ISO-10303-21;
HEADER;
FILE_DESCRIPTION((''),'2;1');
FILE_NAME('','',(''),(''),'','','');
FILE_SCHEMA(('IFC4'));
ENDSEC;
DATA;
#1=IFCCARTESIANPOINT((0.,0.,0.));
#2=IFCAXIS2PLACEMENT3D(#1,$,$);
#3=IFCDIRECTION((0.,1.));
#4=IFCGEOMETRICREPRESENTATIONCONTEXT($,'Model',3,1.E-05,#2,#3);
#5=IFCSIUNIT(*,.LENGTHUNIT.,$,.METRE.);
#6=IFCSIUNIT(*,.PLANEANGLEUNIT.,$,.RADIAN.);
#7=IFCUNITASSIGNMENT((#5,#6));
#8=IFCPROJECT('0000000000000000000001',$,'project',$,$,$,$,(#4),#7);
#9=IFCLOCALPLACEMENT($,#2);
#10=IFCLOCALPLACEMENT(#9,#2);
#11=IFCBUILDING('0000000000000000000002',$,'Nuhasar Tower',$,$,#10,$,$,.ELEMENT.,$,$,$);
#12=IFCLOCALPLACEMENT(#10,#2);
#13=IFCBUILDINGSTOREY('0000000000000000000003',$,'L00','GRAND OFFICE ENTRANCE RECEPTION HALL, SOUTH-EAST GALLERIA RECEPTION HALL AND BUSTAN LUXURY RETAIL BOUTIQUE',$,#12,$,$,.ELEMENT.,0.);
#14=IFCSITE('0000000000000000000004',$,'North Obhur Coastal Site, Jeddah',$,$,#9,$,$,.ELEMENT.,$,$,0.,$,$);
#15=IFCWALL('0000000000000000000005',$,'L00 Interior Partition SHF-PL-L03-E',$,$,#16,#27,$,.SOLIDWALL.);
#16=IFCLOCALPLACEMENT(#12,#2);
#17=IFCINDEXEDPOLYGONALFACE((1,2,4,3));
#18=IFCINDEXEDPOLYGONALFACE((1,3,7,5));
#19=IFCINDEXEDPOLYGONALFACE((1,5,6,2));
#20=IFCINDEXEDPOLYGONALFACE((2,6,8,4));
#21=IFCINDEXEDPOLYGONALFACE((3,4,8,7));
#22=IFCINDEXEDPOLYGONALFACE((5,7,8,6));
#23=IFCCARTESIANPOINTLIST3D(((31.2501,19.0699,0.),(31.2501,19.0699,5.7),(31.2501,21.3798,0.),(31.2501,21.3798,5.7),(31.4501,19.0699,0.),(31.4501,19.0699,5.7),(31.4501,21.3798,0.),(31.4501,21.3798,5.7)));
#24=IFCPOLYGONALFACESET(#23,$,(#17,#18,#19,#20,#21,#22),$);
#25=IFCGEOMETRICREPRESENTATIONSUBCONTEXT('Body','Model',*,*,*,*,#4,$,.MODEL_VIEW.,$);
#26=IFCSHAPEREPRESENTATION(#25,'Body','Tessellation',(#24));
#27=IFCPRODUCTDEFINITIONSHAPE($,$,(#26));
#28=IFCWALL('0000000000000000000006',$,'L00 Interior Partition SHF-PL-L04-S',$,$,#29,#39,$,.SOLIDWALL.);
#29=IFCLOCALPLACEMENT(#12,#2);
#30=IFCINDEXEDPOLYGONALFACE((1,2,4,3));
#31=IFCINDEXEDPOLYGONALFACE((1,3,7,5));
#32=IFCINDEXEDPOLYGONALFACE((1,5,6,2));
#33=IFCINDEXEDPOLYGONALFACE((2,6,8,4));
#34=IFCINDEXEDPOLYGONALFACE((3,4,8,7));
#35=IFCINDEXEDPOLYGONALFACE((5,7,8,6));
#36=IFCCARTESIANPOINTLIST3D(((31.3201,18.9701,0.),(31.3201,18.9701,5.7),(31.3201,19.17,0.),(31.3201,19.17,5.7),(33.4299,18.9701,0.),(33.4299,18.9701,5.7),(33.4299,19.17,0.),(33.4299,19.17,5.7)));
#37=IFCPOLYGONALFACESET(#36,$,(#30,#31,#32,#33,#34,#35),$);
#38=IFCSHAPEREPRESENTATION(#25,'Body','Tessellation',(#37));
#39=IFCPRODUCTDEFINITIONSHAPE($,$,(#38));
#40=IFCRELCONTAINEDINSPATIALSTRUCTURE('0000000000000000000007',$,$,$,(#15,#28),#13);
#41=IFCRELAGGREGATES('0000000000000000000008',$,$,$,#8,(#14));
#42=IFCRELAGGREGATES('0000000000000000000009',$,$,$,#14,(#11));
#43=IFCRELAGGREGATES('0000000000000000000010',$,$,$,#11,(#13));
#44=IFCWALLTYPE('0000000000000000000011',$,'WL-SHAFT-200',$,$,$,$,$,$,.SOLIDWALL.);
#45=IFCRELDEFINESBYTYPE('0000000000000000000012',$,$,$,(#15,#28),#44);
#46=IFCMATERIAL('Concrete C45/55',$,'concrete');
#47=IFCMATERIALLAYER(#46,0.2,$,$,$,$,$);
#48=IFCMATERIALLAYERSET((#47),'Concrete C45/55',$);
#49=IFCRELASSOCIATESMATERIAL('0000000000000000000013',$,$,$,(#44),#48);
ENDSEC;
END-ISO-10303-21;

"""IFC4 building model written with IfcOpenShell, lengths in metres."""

from ifc_helpers import new_model, si_unit, direction, frame, frame_2d, origin, place, context, subcontext, project, spatial, rectangle, extrude, material, layer, layer_set, type_object, element, save


model = new_model("IFC4")

# Units and contexts
model_context = context("Model", 3, precision=1e-05, world=origin(), true_north=direction((0.0, 1.0)))
body_context = subcontext(model_context, "Body", "Model", "MODEL_VIEW")
ifc_project = project(units=[si_unit("LENGTHUNIT", "METRE"), si_unit("PLANEANGLEUNIT", "RADIAN")], contexts=[model_context])

# Site, building, storey
site_placement = place(None, origin())
site = spatial("IfcSite", under=ifc_project, at=site_placement, Name="North Obhur Coastal Site, Jeddah", CompositionType="ELEMENT", RefElevation=0.0)
building_placement = place(site_placement, origin())
building = spatial("IfcBuilding", under=site, at=building_placement, Name="Nuhasar Tower", CompositionType="ELEMENT")
storey_placement = place(building_placement, origin())
storey = spatial("IfcBuildingStorey", under=building, at=storey_placement, Name="L00", Description="GRAND OFFICE ENTRANCE RECEPTION HALL, SOUTH-EAST GALLERIA RECEPTION HALL AND BUSTAN LUXURY RETAIL BOUTIQUE", CompositionType="ELEMENT", Elevation=0.0)

# Shared definitions
ifc_material_1 = material(Name="Concrete C45/55", Category="concrete")

# Shared definitions
ifc_layer_1 = layer(ifc_material_1, 0.2)
ifc_layer_set_1 = layer_set([ifc_layer_1], Name="Concrete C45/55")
wall_type_1 = type_object("IfcWallType", Name="WL-SHAFT-200", PredefinedType="SOLIDWALL", material=ifc_layer_set_1)

# Walls
for number, where, z_axis, x_axis, name in (
    (1, (31.3501, 19.0701, 0.0), (0.0, 0.0, 1.0), (0.0, 1.0, 0.0), "L00 Interior Partition SHF-PL-L03-E"),
):
    element("IfcWall", number, at=place(storey_placement, frame(where, z_axis=z_axis, x_axis=x_axis)), inside=storey, type_object=wall_type_1, Name=name, PredefinedType="SOLIDWALL", context=body_context, shape_type="SweptSolid", body=[
        extrude(rectangle(XDim=2.3098, YDim=0.2, at=frame_2d((1.1548, 0.0))), origin(), (0.0, 0.0, 1.0), 5.7),
    ])
wall_1_placement = place(storey_placement, frame((31.3201, 19.0701, 0.0), z_axis=(0.0, 0.0, 1.0), x_axis=(1.0, 0.0, 0.0)))
element("IfcWall", 2, at=wall_1_placement, inside=storey, type_object=wall_type_1, Name="L00 Interior Partition SHF-PL-L04-S", PredefinedType="SOLIDWALL", context=body_context, shape_type="SweptSolid", body=[
    extrude(rectangle(XDim=2.1099, YDim=0.2, at=frame_2d((1.0549, 0.0))), origin(), (0.0, 0.0, 1.0), 5.7),
])

save(model, "model.ifc")
